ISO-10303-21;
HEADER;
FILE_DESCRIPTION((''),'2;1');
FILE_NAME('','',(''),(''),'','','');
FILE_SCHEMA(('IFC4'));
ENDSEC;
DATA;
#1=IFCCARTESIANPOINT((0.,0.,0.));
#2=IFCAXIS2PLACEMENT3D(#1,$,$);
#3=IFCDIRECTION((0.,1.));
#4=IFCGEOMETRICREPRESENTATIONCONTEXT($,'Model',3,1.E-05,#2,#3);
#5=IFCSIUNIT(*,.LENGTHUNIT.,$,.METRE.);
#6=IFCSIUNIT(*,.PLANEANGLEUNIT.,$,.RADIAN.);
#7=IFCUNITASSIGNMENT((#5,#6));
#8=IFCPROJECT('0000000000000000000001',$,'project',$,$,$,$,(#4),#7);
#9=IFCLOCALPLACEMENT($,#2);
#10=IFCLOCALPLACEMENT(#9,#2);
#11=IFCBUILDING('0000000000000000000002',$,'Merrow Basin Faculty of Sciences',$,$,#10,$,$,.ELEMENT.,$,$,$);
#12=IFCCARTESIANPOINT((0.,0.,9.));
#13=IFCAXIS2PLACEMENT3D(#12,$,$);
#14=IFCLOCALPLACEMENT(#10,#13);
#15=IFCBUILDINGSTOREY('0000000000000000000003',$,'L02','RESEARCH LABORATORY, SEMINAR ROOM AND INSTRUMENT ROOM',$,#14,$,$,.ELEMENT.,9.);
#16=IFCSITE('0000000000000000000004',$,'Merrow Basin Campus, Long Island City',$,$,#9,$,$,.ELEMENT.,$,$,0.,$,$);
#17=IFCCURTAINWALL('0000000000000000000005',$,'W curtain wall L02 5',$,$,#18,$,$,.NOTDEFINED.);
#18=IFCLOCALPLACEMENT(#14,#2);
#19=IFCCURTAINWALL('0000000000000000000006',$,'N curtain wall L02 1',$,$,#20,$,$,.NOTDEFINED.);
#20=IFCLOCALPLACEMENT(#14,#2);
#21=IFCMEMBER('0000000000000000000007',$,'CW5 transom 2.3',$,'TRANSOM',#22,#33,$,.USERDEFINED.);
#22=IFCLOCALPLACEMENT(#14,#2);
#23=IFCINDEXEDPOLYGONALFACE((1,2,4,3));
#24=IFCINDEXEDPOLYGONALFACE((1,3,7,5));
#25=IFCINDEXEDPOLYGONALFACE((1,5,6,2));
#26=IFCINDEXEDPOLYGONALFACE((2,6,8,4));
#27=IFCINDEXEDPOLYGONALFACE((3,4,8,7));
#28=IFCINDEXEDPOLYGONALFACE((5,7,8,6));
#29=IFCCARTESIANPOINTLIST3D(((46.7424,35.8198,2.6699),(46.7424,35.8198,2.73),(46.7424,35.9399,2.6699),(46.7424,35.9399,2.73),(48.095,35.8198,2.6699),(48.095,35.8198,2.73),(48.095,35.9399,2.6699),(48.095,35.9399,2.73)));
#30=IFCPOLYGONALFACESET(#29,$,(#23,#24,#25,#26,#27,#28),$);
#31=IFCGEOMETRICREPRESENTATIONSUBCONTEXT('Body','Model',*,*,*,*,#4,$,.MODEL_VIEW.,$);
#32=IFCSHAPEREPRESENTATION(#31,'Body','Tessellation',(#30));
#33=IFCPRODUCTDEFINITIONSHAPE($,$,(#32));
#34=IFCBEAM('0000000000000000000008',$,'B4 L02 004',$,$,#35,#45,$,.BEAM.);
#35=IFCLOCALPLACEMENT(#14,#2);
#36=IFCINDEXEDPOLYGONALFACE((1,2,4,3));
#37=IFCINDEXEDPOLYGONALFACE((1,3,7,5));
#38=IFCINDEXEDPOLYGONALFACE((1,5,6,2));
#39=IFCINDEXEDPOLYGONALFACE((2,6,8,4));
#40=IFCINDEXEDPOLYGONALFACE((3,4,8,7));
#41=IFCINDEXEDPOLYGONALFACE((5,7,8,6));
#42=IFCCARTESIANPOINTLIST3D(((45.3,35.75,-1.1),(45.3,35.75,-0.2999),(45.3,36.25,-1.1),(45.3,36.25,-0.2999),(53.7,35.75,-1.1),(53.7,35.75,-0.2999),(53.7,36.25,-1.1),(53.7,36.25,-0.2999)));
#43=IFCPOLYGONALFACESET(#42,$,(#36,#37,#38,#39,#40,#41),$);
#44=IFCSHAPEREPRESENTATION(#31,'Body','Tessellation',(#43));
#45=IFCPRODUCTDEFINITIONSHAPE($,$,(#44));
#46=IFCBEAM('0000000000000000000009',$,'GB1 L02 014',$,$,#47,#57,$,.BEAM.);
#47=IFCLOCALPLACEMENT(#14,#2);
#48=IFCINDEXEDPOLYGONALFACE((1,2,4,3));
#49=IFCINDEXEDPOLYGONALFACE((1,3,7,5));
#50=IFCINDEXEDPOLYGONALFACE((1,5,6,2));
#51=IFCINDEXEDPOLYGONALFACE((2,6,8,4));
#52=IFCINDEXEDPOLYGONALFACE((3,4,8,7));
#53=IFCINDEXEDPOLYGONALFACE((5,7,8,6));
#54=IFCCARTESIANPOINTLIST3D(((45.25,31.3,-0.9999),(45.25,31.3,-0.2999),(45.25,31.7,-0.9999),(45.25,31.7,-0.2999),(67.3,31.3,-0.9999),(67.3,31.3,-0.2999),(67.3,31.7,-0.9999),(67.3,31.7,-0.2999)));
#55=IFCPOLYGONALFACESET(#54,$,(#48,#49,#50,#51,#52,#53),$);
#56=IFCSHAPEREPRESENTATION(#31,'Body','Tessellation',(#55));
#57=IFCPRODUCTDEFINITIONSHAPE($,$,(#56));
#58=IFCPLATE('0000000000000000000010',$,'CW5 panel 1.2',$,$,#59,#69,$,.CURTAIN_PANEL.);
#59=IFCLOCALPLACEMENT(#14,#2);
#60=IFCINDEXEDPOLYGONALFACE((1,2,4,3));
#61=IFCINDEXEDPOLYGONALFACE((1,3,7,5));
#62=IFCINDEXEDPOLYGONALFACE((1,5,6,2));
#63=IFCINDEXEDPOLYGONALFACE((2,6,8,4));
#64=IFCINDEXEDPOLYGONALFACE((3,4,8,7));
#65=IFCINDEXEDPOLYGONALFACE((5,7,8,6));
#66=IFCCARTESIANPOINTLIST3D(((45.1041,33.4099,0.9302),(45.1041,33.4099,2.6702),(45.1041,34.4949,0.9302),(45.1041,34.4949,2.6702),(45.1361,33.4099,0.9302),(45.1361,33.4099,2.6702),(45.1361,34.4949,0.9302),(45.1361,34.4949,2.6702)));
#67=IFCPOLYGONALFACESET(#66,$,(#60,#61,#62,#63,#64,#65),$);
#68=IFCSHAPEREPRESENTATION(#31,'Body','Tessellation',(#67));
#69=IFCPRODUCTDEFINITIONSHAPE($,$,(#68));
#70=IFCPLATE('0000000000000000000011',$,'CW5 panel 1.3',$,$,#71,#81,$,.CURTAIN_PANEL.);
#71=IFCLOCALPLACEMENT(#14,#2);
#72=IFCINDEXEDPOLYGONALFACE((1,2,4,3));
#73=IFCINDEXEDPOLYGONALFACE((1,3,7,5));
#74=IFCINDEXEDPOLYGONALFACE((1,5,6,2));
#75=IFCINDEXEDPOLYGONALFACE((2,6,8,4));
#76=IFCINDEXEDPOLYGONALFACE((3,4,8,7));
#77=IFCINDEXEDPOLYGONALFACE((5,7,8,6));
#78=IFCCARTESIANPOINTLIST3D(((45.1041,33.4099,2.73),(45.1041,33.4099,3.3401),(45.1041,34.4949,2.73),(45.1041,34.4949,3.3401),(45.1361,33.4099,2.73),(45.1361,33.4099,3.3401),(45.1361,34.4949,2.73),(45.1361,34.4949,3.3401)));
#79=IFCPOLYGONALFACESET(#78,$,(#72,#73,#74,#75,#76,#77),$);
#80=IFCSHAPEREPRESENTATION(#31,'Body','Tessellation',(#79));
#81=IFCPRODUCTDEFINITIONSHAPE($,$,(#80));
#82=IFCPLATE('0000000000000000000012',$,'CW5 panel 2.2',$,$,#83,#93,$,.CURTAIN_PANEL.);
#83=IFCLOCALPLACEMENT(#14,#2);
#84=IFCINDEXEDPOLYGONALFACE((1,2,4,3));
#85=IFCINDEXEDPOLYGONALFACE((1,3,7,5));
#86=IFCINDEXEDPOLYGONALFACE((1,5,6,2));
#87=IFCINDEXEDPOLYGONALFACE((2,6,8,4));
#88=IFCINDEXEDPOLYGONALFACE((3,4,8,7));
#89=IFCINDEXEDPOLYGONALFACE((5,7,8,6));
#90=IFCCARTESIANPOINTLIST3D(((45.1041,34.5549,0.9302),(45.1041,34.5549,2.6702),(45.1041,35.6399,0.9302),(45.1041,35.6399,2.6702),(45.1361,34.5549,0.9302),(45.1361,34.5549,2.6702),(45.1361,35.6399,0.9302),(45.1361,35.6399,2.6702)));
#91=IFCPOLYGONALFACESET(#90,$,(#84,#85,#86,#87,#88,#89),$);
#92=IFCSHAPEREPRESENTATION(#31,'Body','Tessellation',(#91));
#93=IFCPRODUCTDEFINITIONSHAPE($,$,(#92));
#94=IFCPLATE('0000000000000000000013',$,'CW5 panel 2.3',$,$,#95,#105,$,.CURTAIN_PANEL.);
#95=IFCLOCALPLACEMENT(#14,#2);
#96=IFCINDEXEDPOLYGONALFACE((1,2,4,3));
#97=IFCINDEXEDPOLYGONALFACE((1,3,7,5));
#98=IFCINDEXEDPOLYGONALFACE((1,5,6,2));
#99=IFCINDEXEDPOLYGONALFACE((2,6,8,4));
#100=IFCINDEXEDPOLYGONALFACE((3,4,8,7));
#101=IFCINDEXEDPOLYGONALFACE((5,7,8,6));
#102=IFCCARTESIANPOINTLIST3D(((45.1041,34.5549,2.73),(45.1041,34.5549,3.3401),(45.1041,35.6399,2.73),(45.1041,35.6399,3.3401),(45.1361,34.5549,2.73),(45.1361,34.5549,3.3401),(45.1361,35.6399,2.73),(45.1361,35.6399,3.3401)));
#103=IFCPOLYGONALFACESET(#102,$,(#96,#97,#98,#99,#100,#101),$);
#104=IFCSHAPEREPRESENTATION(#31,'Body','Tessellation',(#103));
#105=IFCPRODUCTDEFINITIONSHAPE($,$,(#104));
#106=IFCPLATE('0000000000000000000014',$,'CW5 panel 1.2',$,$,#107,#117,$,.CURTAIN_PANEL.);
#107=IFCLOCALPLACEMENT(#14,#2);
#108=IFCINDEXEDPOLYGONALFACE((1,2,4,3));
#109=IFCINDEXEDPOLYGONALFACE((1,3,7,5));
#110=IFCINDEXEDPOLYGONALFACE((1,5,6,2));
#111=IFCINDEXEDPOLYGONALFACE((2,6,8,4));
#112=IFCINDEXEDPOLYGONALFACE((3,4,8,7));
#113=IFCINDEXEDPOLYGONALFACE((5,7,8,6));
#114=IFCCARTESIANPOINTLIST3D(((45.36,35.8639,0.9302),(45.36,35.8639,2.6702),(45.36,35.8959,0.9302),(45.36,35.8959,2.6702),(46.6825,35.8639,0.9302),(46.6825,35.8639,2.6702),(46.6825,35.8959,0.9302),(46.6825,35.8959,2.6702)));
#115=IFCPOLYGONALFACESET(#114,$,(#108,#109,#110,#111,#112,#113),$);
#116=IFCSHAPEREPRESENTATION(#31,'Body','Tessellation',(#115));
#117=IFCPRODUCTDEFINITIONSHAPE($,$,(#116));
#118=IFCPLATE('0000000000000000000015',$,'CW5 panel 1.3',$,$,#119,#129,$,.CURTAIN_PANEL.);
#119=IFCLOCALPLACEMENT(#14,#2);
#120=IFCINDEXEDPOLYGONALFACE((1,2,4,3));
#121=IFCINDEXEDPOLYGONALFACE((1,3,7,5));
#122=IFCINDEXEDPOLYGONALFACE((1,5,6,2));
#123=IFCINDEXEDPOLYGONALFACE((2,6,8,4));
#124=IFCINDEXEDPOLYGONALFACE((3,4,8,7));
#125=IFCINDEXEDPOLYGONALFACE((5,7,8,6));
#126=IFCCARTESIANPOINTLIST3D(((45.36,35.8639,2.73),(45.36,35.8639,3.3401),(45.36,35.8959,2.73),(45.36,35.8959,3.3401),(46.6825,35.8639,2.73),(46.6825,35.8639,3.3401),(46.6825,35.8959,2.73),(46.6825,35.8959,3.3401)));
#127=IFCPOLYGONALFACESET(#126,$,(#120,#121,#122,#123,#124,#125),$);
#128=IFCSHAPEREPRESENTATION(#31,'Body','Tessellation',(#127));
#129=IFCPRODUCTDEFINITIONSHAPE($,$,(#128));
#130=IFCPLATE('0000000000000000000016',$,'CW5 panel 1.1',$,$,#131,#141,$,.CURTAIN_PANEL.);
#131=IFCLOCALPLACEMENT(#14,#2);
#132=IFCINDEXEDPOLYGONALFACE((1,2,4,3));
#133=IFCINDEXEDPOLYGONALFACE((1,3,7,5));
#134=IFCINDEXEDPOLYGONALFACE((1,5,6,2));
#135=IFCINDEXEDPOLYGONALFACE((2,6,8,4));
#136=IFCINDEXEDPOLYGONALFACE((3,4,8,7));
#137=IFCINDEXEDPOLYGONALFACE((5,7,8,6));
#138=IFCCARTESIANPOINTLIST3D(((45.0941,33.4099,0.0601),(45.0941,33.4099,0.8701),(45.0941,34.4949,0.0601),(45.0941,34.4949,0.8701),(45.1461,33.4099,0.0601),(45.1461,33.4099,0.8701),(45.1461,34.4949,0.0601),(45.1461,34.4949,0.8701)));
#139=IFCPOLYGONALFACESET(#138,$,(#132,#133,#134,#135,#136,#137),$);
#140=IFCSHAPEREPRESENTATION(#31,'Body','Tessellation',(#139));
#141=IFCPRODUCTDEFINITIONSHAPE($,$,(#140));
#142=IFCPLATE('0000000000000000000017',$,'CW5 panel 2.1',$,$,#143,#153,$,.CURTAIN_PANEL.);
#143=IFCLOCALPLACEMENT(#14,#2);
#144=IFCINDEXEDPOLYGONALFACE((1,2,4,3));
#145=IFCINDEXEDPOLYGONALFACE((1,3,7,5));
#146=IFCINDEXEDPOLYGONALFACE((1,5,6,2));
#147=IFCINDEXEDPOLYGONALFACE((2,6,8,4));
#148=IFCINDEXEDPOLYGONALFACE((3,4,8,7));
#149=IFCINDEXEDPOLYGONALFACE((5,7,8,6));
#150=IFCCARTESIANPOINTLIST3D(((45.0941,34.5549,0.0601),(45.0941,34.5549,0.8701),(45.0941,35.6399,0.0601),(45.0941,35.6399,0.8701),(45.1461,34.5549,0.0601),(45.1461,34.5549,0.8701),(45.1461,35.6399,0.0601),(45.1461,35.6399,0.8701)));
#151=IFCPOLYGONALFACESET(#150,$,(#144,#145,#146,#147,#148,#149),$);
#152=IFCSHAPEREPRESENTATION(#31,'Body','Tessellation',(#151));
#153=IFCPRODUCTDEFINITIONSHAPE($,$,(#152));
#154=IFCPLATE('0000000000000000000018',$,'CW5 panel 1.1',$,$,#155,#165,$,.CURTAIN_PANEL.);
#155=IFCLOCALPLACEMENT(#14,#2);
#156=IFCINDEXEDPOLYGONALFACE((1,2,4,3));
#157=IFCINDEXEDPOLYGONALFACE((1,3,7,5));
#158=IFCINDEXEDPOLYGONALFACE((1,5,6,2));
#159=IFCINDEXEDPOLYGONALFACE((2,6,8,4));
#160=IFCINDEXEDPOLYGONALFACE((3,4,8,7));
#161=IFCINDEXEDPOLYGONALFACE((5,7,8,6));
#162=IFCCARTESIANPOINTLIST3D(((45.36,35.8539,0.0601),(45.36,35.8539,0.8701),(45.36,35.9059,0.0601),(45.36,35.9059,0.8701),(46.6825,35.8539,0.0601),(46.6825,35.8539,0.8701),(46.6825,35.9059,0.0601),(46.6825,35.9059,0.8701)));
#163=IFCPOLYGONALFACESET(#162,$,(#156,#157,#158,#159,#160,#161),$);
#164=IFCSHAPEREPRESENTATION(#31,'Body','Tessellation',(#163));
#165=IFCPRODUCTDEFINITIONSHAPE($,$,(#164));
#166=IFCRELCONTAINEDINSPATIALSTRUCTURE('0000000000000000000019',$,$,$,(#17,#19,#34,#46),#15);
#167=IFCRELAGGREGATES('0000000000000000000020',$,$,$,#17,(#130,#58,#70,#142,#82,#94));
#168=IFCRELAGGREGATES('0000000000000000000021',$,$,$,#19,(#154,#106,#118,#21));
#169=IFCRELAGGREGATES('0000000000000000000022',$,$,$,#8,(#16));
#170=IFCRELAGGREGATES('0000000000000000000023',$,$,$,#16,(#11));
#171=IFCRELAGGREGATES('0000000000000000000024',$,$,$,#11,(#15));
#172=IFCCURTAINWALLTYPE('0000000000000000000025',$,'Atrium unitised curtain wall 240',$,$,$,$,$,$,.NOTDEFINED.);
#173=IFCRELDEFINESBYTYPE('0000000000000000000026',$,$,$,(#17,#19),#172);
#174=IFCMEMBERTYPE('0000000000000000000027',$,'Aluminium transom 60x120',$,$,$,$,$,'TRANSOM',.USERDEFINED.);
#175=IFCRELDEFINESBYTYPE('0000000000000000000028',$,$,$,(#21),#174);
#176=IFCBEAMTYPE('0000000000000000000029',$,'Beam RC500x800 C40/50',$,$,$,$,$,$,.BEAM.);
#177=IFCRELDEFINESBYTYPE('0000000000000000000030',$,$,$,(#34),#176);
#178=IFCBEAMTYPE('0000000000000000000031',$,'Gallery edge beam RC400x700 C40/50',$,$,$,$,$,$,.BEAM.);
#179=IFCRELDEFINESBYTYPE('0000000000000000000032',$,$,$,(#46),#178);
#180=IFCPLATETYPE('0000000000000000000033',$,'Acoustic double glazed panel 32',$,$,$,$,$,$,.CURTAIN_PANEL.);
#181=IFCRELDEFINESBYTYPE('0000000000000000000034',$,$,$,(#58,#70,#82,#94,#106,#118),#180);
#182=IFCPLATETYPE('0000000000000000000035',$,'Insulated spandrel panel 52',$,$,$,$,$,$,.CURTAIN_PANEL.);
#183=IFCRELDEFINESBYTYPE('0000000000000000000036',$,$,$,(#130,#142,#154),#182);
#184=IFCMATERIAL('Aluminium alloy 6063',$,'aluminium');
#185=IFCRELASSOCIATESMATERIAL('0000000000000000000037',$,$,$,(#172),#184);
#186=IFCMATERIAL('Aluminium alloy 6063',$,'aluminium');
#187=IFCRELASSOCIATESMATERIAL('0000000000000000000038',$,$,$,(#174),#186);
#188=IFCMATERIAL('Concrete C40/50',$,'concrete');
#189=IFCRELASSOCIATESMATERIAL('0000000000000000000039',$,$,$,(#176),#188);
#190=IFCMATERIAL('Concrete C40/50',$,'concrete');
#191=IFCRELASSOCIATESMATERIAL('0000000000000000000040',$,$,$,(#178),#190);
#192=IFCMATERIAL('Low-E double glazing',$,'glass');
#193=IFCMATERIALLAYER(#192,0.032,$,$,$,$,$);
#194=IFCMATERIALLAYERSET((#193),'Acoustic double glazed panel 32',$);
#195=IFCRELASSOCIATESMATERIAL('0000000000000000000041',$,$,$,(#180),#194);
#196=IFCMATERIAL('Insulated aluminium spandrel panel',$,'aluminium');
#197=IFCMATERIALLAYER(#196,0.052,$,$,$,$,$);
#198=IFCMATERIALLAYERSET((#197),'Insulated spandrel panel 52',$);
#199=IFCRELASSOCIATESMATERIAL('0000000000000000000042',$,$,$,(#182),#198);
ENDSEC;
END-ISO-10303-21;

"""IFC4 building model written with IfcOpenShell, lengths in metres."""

from ifc_helpers import new_model, si_unit, direction, frame, origin, origin_2d, place, context, subcontext, project, spatial, rectangle, extrude, material, layer, layer_set, material_profile, profile_set, type_object, element, aggregate, save


model = new_model("IFC4")

# Units and contexts
model_context = context("Model", 3, precision=1e-05, world=origin(), true_north=direction((0.0, 1.0)))
body_context = subcontext(model_context, "Body", "Model", "MODEL_VIEW")
ifc_project = project(units=[si_unit("LENGTHUNIT", "METRE"), si_unit("PLANEANGLEUNIT", "RADIAN")], contexts=[model_context])

# Site, building, storey
site_placement = place(None, origin())
site = spatial("IfcSite", under=ifc_project, at=site_placement, Name="Merrow Basin Campus, Long Island City", CompositionType="ELEMENT", RefElevation=0.0)
building_placement = place(site_placement, origin())
building = spatial("IfcBuilding", under=site, at=building_placement, Name="Merrow Basin Faculty of Sciences", CompositionType="ELEMENT")
storey_placement = place(building_placement, frame((0.0, 0.0, 9.0)))
storey = spatial("IfcBuildingStorey", under=building, at=storey_placement, Name="L02", Description="RESEARCH LABORATORY, SEMINAR ROOM AND INSTRUMENT ROOM", CompositionType="ELEMENT", Elevation=9.0)

# Curtain walls
ifc_material_1 = material(Name="Aluminium alloy 6063", Category="aluminium")
curtain_wall_type = type_object("IfcCurtainWallType", Name="Atrium unitised curtain wall 240", PredefinedType="NOTDEFINED", material=ifc_material_1)
curtain_wall_1_placement = place(storey_placement, origin())
curtain_wall_1 = element("IfcCurtainWall", 1, at=curtain_wall_1_placement, inside=storey, type_object=curtain_wall_type, Name="W curtain wall L02 5", PredefinedType="NOTDEFINED")
curtain_wall_2_placement = place(storey_placement, origin())
curtain_wall_2 = element("IfcCurtainWall", 2, at=curtain_wall_2_placement, inside=storey, type_object=curtain_wall_type, Name="N curtain wall L02 1", PredefinedType="NOTDEFINED")

# Member
ifc_material_2 = material(Name="Aluminium alloy 6063", Category="aluminium")
ifc_material_profile_1 = material_profile(ifc_material_2, rectangle(XDim=0.1201, YDim=0.0601, at=origin_2d()))
ifc_profile_set_1 = profile_set([ifc_material_profile_1], Name="Aluminium alloy 6063")
member_type_1 = type_object("IfcMemberType", Name="Aluminium transom 60x120", ElementType="TRANSOM", PredefinedType="USERDEFINED", material=ifc_profile_set_1)
member_1_placement = place(storey_placement, frame((46.7424, 35.8799, 2.7), z_axis=(1.0, 0.0, 0.0), x_axis=(0.0, 1.0, 0.0)))
member_1 = element("IfcMember", 3, at=member_1_placement, type_object=member_type_1, Name="CW5 transom 2.3", ObjectType="TRANSOM", PredefinedType="USERDEFINED", context=body_context, shape_type="SweptSolid", body=[
    extrude(rectangle(XDim=0.1201, YDim=0.0601, at=origin_2d()), origin(), (0.0, 0.0, 1.0), 1.3525),
])

# Beams
ifc_material_3 = material(Name="Concrete C40/50", Category="concrete")
ifc_material_profile_2 = material_profile(ifc_material_3, rectangle(XDim=0.5, YDim=0.8, at=origin_2d()))
ifc_profile_set_2 = profile_set([ifc_material_profile_2], Name="Concrete C40/50")
beam_type_1 = type_object("IfcBeamType", Name="Beam RC500x800 C40/50", PredefinedType="BEAM", material=ifc_profile_set_2)
beam_1_placement = place(storey_placement, frame((45.3, 36.0, -0.7), z_axis=(1.0, 0.0, 0.0), x_axis=(0.0, 1.0, 0.0)))
element("IfcBeam", 4, at=beam_1_placement, inside=storey, type_object=beam_type_1, Name="B4 L02 004", PredefinedType="BEAM", context=body_context, shape_type="SweptSolid", body=[
    extrude(rectangle(XDim=0.5, YDim=0.8, at=origin_2d()), origin(), (0.0, 0.0, 1.0), 8.3999),
])
ifc_material_4 = material(Name="Concrete C40/50", Category="concrete")
ifc_material_profile_3 = material_profile(ifc_material_4, rectangle(XDim=0.3999, YDim=0.7, at=origin_2d()))
ifc_profile_set_3 = profile_set([ifc_material_profile_3], Name="Concrete C40/50")
beam_type_2 = type_object("IfcBeamType", Name="Gallery edge beam RC400x700 C40/50", PredefinedType="BEAM", material=ifc_profile_set_3)
beam_2_placement = place(storey_placement, frame((45.25, 31.5, -0.6499), z_axis=(1.0, 0.0, 0.0), x_axis=(0.0, 1.0, 0.0)))
element("IfcBeam", 5, at=beam_2_placement, inside=storey, type_object=beam_type_2, Name="GB1 L02 014", PredefinedType="BEAM", context=body_context, shape_type="SweptSolid", body=[
    extrude(rectangle(XDim=0.3999, YDim=0.7, at=origin_2d()), origin(), (0.0, 0.0, 1.0), 22.05),
])

# Plates
ifc_material_5 = material(Name="Low-E double glazing", Category="glass")
ifc_layer_1 = layer(ifc_material_5, 0.032)
ifc_layer_set_1 = layer_set([ifc_layer_1], Name="Acoustic double glazed panel 32")
plate_type_1 = type_object("IfcPlateType", Name="Acoustic double glazed panel 32", PredefinedType="CURTAIN_PANEL", material=ifc_layer_set_1)
plate_1_placement = place(storey_placement, frame((45.1201, 33.9524, 0.9302), z_axis=(0.0, 0.0, 1.0), x_axis=(0.0, 1.0, 0.0)))
plate_1 = element("IfcPlate", 6, at=plate_1_placement, type_object=plate_type_1, Name="CW5 panel 1.2", PredefinedType="CURTAIN_PANEL", context=body_context, shape_type="SweptSolid", body=[
    extrude(rectangle(XDim=1.085, YDim=0.032, at=origin_2d()), origin(), (0.0, 0.0, 1.0), 1.74),
])
plate_2_placement = place(storey_placement, frame((45.1201, 33.9524, 2.73), z_axis=(0.0, 0.0, 1.0), x_axis=(0.0, 1.0, 0.0)))
plate_2 = element("IfcPlate", 7, at=plate_2_placement, type_object=plate_type_1, Name="CW5 panel 1.3", PredefinedType="CURTAIN_PANEL", context=body_context, shape_type="SweptSolid", body=[
    extrude(rectangle(XDim=1.085, YDim=0.032, at=origin_2d()), origin(), (0.0, 0.0, 1.0), 0.6101),
])
plate_3_placement = place(storey_placement, frame((45.1201, 35.0974, 0.9302), z_axis=(0.0, 0.0, 1.0), x_axis=(0.0, 1.0, 0.0)))
plate_3 = element("IfcPlate", 8, at=plate_3_placement, type_object=plate_type_1, Name="CW5 panel 2.2", PredefinedType="CURTAIN_PANEL", context=body_context, shape_type="SweptSolid", body=[
    extrude(rectangle(XDim=1.085, YDim=0.032, at=origin_2d()), origin(), (0.0, 0.0, 1.0), 1.74),
])
plate_4_placement = place(storey_placement, frame((45.1201, 35.0974, 2.73), z_axis=(0.0, 0.0, 1.0), x_axis=(0.0, 1.0, 0.0)))
plate_4 = element("IfcPlate", 9, at=plate_4_placement, type_object=plate_type_1, Name="CW5 panel 2.3", PredefinedType="CURTAIN_PANEL", context=body_context, shape_type="SweptSolid", body=[
    extrude(rectangle(XDim=1.085, YDim=0.032, at=origin_2d()), origin(), (0.0, 0.0, 1.0), 0.6101),
])
plate_5_placement = place(storey_placement, frame((46.0212, 35.8799, 0.9302), z_axis=(0.0, 0.0, 1.0), x_axis=(1.0, 0.0, 0.0)))
plate_5 = element("IfcPlate", 10, at=plate_5_placement, type_object=plate_type_1, Name="CW5 panel 1.2", PredefinedType="CURTAIN_PANEL", context=body_context, shape_type="SweptSolid", body=[
    extrude(rectangle(XDim=1.3225, YDim=0.032, at=origin_2d()), origin(), (0.0, 0.0, 1.0), 1.74),
])
plate_6_placement = place(storey_placement, frame((46.0212, 35.8799, 2.73), z_axis=(0.0, 0.0, 1.0), x_axis=(1.0, 0.0, 0.0)))
plate_6 = element("IfcPlate", 11, at=plate_6_placement, type_object=plate_type_1, Name="CW5 panel 1.3", PredefinedType="CURTAIN_PANEL", context=body_context, shape_type="SweptSolid", body=[
    extrude(rectangle(XDim=1.3225, YDim=0.032, at=origin_2d()), origin(), (0.0, 0.0, 1.0), 0.6101),
])
ifc_material_6 = material(Name="Insulated aluminium spandrel panel", Category="aluminium")
ifc_layer_2 = layer(ifc_material_6, 0.052)
ifc_layer_set_2 = layer_set([ifc_layer_2], Name="Insulated spandrel panel 52")
plate_type_2 = type_object("IfcPlateType", Name="Insulated spandrel panel 52", PredefinedType="CURTAIN_PANEL", material=ifc_layer_set_2)
plate_7_placement = place(storey_placement, frame((45.1201, 33.9524, 0.0601), z_axis=(0.0, 0.0, 1.0), x_axis=(0.0, 1.0, 0.0)))
plate_7 = element("IfcPlate", 12, at=plate_7_placement, type_object=plate_type_2, Name="CW5 panel 1.1", PredefinedType="CURTAIN_PANEL", context=body_context, shape_type="SweptSolid", body=[
    extrude(rectangle(XDim=1.085, YDim=0.052, at=origin_2d()), origin(), (0.0, 0.0, 1.0), 0.8101),
])
plate_8_placement = place(storey_placement, frame((45.1201, 35.0974, 0.0601), z_axis=(0.0, 0.0, 1.0), x_axis=(0.0, 1.0, 0.0)))
plate_8 = element("IfcPlate", 13, at=plate_8_placement, type_object=plate_type_2, Name="CW5 panel 2.1", PredefinedType="CURTAIN_PANEL", context=body_context, shape_type="SweptSolid", body=[
    extrude(rectangle(XDim=1.085, YDim=0.052, at=origin_2d()), origin(), (0.0, 0.0, 1.0), 0.8101),
])
aggregate(curtain_wall_1, [plate_7, plate_1, plate_2, plate_8, plate_3, plate_4])
plate_9_placement = place(storey_placement, frame((46.0212, 35.8799, 0.0601), z_axis=(0.0, 0.0, 1.0), x_axis=(1.0, 0.0, 0.0)))
plate_9 = element("IfcPlate", 14, at=plate_9_placement, type_object=plate_type_2, Name="CW5 panel 1.1", PredefinedType="CURTAIN_PANEL", context=body_context, shape_type="SweptSolid", body=[
    extrude(rectangle(XDim=1.3225, YDim=0.052, at=origin_2d()), origin(), (0.0, 0.0, 1.0), 0.8101),
])
aggregate(curtain_wall_2, [plate_9, plate_5, plate_6, member_1])

save(model, "model.ifc")
